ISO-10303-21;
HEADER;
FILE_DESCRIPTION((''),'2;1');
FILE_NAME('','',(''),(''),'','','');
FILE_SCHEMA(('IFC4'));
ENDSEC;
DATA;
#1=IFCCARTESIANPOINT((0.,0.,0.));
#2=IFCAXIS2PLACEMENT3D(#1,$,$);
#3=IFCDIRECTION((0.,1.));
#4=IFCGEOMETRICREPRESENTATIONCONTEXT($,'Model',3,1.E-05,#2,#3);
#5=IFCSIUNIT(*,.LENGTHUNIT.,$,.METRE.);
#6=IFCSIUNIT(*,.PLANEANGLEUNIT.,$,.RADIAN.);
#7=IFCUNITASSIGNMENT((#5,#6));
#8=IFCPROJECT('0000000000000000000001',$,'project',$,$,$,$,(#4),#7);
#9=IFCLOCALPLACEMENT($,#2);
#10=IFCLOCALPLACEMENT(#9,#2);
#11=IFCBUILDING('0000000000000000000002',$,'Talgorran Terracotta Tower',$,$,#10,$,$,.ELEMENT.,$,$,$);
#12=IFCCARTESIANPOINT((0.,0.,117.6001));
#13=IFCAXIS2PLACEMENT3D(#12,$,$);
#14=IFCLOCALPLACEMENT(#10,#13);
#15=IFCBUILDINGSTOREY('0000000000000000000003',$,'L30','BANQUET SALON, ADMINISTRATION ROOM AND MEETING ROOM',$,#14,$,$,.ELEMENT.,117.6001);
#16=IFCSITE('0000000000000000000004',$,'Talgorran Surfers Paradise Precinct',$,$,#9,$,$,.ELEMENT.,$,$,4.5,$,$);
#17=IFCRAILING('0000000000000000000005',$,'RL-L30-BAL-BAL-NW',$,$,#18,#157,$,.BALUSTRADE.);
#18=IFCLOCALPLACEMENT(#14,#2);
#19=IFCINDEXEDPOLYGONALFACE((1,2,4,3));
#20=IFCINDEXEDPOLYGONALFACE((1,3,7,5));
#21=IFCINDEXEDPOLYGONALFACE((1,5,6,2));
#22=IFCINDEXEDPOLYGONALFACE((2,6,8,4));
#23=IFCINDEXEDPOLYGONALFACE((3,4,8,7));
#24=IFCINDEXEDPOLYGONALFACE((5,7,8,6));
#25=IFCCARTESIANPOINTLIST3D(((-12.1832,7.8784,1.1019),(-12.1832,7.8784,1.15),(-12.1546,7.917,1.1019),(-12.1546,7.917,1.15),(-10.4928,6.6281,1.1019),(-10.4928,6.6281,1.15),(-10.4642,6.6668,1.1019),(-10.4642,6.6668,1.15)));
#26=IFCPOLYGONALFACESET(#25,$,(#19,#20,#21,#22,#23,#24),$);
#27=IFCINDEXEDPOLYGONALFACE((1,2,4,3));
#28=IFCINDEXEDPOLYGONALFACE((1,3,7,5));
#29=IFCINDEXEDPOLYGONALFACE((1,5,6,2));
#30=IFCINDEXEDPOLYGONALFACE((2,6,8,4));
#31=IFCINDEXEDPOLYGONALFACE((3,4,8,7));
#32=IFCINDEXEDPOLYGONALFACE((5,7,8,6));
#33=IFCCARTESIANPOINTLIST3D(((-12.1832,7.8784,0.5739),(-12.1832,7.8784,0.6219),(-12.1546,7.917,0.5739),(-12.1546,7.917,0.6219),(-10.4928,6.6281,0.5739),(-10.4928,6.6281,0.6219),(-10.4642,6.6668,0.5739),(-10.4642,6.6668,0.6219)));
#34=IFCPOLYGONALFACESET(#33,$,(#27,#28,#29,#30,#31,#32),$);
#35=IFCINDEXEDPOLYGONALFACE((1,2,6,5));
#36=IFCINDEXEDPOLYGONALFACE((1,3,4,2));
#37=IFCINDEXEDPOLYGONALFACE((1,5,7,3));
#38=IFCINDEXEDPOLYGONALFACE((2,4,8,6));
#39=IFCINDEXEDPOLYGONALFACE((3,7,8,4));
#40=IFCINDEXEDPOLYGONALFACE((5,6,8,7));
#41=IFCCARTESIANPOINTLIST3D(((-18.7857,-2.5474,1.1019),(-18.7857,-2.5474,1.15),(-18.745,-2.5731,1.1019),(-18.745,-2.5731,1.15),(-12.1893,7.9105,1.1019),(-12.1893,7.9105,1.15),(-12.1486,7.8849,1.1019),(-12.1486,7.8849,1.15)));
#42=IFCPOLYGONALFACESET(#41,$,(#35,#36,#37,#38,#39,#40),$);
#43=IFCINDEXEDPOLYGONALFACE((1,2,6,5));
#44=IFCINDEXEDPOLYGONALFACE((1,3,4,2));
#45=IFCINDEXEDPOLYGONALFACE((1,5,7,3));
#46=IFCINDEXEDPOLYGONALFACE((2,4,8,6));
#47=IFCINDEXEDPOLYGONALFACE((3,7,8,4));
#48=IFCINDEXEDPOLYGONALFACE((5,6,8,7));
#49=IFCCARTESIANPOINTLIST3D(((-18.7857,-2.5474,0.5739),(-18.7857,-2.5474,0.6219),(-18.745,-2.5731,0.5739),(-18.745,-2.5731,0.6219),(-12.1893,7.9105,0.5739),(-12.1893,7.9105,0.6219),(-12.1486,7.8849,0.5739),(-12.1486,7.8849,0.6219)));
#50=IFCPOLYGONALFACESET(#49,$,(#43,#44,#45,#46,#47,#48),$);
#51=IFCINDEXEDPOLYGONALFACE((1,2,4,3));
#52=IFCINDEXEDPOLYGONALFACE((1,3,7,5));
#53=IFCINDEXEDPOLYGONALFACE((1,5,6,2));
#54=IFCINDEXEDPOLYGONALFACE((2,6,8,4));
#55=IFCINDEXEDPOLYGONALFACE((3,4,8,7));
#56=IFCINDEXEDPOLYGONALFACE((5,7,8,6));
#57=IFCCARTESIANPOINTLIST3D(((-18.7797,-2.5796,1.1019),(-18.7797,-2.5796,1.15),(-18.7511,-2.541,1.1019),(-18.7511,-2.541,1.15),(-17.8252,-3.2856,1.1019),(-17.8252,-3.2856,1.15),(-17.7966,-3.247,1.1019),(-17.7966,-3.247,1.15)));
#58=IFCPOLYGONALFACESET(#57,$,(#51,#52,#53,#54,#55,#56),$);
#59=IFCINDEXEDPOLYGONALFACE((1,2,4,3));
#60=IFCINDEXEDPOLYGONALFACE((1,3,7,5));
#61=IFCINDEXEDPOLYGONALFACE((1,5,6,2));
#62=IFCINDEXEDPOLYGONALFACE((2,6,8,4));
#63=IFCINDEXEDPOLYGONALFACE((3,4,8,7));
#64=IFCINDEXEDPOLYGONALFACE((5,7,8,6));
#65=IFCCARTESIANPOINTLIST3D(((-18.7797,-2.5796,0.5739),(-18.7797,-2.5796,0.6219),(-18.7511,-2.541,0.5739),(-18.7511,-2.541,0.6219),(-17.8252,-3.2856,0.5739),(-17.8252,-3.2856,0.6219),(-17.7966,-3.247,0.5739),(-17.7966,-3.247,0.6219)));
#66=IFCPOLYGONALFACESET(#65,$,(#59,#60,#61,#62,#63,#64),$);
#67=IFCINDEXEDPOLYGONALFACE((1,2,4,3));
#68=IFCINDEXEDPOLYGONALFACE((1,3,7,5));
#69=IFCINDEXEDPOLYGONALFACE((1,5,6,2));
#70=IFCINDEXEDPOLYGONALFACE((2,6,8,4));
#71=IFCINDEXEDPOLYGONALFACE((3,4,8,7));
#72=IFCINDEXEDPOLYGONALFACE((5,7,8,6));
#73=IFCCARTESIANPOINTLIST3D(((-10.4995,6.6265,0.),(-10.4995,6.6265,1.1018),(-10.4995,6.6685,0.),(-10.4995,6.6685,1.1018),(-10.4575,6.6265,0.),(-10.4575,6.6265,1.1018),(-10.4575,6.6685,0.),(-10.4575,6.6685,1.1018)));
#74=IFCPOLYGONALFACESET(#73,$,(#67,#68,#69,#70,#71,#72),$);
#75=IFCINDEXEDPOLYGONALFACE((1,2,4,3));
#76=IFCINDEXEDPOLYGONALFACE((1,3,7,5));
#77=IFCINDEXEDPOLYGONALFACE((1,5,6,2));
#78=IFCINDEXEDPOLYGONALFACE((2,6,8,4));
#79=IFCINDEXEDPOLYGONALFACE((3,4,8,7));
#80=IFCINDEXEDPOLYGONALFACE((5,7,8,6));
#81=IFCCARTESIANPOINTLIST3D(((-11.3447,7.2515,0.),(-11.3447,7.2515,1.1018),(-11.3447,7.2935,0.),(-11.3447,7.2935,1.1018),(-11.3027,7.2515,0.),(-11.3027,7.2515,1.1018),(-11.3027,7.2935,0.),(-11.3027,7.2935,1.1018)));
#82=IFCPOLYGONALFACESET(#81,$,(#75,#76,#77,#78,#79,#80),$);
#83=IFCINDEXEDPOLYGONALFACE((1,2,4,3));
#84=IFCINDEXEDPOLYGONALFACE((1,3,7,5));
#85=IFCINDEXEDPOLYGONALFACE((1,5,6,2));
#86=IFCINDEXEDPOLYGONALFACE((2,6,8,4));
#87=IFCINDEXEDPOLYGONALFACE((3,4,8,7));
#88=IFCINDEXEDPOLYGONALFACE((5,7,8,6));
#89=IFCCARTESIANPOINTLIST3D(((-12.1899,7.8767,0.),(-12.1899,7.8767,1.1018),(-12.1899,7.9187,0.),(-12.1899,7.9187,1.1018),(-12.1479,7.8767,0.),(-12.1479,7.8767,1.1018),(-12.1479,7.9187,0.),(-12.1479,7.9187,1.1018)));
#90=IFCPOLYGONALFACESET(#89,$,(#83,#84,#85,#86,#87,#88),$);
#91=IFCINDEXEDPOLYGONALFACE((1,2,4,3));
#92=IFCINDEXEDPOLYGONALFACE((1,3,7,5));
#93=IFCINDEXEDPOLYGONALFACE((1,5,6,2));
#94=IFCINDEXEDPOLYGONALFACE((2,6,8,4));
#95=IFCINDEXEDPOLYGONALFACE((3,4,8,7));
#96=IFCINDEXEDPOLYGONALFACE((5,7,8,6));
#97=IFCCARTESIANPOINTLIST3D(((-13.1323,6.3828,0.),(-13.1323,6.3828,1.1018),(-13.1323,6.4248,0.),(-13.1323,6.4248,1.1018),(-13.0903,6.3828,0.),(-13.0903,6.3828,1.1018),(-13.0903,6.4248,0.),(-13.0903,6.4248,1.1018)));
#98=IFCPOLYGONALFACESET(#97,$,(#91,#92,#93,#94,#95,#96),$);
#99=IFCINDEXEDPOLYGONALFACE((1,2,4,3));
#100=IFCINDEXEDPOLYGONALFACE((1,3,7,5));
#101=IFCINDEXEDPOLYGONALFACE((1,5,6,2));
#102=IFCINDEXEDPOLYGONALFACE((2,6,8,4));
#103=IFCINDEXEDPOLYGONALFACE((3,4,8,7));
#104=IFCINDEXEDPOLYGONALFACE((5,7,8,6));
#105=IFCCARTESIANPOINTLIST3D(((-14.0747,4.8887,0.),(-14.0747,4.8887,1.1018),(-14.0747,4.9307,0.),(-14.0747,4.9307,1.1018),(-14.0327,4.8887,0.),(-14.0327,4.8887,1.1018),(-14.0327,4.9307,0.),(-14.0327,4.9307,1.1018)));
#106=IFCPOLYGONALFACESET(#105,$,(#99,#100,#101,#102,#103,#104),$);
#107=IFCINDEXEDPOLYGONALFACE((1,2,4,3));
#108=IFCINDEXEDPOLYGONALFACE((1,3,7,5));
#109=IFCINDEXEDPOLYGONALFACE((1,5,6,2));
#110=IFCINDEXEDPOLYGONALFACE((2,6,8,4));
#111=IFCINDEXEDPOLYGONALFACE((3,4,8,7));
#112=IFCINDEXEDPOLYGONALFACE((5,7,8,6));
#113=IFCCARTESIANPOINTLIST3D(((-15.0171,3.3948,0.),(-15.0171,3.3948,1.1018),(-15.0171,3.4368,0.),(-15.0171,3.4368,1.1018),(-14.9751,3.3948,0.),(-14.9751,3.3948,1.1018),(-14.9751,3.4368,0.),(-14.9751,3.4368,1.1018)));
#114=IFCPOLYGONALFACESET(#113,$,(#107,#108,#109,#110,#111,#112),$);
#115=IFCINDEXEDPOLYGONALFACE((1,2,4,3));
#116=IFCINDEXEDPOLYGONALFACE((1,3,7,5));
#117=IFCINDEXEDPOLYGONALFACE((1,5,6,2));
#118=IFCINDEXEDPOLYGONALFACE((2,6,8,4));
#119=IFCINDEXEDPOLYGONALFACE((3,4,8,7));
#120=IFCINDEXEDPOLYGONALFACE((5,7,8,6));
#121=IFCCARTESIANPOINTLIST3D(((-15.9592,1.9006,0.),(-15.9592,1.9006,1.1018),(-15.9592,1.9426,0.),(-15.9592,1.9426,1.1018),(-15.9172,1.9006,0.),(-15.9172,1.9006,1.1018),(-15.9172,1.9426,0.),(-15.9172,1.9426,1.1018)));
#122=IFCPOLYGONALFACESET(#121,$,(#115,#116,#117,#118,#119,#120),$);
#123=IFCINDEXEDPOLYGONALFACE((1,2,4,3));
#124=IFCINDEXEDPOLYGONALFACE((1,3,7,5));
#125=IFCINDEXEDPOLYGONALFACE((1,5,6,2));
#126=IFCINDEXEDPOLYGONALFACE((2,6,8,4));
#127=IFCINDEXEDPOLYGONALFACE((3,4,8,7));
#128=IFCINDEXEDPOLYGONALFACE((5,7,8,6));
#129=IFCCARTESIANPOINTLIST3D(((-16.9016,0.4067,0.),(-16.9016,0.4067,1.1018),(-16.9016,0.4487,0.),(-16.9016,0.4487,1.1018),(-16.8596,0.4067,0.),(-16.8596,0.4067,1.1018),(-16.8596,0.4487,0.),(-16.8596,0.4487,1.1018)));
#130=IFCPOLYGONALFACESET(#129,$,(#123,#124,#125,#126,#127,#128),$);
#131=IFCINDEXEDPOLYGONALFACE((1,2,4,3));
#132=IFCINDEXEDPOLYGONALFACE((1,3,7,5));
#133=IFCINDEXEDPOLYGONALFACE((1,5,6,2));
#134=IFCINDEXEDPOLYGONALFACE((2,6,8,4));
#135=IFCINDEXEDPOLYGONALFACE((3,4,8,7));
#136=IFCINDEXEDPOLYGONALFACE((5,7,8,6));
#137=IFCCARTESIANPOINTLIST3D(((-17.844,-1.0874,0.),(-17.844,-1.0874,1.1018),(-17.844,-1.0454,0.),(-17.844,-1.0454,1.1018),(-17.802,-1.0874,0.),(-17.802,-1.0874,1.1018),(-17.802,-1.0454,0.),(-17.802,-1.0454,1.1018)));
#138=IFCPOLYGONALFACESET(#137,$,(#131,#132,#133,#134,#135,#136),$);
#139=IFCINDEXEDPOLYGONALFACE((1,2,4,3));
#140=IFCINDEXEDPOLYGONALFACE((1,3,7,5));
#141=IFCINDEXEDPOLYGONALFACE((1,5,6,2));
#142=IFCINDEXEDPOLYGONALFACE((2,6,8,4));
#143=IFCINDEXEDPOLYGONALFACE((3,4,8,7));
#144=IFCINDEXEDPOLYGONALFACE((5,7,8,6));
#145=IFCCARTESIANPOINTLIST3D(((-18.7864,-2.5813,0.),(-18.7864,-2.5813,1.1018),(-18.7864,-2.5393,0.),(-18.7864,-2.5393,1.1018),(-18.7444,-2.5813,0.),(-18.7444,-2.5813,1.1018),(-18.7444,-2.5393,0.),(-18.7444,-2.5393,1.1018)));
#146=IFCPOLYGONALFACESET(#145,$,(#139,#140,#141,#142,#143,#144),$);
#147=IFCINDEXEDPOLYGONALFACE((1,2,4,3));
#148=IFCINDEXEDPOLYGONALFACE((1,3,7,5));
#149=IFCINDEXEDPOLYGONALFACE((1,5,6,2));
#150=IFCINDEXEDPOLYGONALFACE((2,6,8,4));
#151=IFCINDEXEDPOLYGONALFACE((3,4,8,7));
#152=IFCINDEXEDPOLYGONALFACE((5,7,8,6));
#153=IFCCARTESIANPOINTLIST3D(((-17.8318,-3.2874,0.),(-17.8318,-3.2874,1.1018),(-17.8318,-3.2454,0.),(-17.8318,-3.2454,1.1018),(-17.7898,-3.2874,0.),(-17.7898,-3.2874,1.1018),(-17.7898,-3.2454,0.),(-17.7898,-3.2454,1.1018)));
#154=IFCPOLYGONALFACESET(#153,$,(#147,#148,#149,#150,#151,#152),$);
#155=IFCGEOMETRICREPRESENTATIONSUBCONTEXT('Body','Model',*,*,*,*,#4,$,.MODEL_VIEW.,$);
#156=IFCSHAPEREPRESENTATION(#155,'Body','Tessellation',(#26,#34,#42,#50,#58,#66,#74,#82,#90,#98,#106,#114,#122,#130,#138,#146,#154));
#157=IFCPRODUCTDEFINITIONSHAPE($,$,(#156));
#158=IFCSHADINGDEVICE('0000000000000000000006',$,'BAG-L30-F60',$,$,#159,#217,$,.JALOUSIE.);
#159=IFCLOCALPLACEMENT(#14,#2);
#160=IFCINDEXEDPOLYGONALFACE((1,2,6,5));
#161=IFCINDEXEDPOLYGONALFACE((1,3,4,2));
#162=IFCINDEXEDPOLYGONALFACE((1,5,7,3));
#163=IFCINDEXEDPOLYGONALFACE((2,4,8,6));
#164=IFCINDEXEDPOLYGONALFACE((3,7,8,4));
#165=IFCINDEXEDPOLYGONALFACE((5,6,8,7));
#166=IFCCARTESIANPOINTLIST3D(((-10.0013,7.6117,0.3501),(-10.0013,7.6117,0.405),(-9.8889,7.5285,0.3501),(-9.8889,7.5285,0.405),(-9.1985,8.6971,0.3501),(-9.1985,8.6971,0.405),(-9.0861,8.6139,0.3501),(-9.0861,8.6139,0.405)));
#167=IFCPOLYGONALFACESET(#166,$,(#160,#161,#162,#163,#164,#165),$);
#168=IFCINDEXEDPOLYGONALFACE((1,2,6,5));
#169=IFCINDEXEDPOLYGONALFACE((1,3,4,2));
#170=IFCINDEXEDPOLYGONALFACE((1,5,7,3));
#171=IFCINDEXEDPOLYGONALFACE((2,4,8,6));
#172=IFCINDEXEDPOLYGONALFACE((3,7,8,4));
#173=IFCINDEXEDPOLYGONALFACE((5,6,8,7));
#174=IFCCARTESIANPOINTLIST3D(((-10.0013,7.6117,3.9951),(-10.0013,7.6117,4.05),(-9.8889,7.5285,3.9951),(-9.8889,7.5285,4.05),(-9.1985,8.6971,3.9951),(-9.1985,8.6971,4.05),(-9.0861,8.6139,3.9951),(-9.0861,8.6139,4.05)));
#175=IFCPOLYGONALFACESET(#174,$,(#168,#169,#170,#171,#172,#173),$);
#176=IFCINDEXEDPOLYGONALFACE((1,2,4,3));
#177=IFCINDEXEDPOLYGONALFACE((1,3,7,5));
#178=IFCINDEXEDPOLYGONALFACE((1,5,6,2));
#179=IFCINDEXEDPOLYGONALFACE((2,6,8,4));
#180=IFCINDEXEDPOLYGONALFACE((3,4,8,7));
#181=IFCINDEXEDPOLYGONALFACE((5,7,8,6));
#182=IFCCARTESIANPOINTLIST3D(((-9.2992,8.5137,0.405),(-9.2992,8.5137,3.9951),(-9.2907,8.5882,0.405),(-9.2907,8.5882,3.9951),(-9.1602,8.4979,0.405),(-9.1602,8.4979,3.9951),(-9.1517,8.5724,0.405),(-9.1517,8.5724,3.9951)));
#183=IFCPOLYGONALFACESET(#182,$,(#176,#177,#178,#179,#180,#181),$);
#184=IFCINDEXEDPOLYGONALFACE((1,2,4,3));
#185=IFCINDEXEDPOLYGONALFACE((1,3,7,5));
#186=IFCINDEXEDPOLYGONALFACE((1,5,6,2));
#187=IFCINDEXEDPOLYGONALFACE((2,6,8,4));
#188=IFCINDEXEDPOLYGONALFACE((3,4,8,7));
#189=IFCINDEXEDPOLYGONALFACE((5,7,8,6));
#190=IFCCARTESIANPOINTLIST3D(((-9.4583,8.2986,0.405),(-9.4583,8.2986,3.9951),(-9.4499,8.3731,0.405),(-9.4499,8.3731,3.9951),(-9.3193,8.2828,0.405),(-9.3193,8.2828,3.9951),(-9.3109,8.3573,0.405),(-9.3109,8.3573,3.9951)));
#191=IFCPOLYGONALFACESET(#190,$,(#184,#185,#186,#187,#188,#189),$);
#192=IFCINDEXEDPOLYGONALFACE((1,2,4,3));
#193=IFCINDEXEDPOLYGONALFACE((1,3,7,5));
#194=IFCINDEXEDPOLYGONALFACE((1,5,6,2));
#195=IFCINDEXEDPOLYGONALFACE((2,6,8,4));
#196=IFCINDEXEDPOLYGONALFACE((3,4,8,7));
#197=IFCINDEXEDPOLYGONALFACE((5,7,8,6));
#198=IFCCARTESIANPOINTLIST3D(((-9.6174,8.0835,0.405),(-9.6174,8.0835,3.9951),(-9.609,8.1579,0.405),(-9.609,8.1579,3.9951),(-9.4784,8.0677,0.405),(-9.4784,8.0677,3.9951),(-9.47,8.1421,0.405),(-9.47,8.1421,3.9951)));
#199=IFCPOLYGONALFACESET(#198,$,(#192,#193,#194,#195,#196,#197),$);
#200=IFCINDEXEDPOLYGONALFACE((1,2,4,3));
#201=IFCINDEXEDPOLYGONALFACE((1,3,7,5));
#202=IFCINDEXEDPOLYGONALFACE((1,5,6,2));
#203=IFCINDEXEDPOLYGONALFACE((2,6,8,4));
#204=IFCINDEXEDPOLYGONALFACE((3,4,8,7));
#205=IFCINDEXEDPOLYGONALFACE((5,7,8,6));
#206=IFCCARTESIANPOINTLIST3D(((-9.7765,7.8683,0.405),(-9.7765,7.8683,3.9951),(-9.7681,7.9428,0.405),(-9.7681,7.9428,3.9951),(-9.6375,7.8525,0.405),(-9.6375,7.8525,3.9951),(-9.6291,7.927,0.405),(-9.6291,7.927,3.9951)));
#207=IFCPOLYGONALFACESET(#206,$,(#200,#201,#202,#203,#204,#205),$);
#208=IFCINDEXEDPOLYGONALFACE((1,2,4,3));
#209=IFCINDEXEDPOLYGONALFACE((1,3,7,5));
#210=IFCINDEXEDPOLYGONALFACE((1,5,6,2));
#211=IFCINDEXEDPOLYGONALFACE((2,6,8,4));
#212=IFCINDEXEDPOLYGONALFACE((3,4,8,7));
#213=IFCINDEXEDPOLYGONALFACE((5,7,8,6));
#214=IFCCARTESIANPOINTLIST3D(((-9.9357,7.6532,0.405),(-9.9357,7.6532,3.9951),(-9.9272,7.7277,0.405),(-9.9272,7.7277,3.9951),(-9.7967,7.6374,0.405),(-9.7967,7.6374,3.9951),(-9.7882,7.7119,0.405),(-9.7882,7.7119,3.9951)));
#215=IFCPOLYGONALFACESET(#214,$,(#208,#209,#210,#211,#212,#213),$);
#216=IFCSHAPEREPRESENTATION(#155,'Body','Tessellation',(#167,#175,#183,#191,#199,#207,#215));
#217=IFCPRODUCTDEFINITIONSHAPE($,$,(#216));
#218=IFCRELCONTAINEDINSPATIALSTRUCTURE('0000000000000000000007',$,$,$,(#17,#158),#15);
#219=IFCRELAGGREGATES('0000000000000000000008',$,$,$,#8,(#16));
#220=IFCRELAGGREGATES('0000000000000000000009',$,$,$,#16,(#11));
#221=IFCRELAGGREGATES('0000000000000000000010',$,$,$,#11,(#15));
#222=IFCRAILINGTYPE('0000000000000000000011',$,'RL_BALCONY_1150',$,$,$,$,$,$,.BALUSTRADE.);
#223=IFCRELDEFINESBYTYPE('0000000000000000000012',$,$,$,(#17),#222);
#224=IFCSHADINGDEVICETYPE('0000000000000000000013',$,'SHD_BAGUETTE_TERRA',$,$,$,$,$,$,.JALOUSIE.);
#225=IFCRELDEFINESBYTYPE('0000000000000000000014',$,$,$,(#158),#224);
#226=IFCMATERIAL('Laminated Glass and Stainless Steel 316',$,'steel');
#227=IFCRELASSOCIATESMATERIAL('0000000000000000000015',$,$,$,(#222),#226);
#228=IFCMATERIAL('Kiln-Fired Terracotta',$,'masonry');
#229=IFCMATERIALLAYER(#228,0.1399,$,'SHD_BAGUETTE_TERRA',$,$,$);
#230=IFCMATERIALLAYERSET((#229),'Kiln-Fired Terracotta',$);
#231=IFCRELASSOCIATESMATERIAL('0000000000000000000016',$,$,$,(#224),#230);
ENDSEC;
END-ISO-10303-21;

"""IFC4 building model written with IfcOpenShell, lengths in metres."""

from ifc_helpers import new_model, si_unit, direction, frame, origin, origin_2d, place, context, subcontext, project, spatial, rectangle, extrude, source, transform, mapped, material, layer, layer_set, type_object, type_shapes, element, save


model = new_model("IFC4")

# Units and contexts
model_context = context("Model", 3, precision=1e-05, world=origin(), true_north=direction((0.0, 1.0)))
body_context = subcontext(model_context, "Body", "Model", "MODEL_VIEW")
ifc_project = project(units=[si_unit("LENGTHUNIT", "METRE"), si_unit("PLANEANGLEUNIT", "RADIAN")], contexts=[model_context])

# Site, building, storey
site_placement = place(None, origin())
site = spatial("IfcSite", under=ifc_project, at=site_placement, Name="Talgorran Surfers Paradise Precinct", CompositionType="ELEMENT", RefElevation=4.5)
building_placement = place(site_placement, origin())
building = spatial("IfcBuilding", under=site, at=building_placement, Name="Talgorran Terracotta Tower", CompositionType="ELEMENT")
storey_placement = place(building_placement, frame((0.0, 0.0, 117.6001)))
storey = spatial("IfcBuildingStorey", under=building, at=storey_placement, Name="L30", Description="BANQUET SALON, ADMINISTRATION ROOM AND MEETING ROOM", CompositionType="ELEMENT", Elevation=117.6001)

# Railing
ifc_material_1 = material(Name="Laminated Glass and Stainless Steel 316", Category="steel")
railing_type = type_object("IfcRailingType", Name="RL_BALCONY_1150", PredefinedType="BALUSTRADE", material=ifc_material_1)
railing_placement = place(storey_placement, frame((-10.4785, 6.6475, 0.0)))
element("IfcRailing", 1, at=railing_placement, inside=storey, type_object=railing_type, Name="RL-L30-BAL-BAL-NW", PredefinedType="BALUSTRADE", context=body_context, shape_type="SweptSolid", body=[
    extrude(rectangle(XDim=0.0481, YDim=0.0481, at=origin_2d()), frame((0.0, 0.0, 1.126), z_axis=(-0.803995, 0.594636, 0.0), x_axis=(-0.594636, -0.803995, 0.0)), (0.0, 0.0, 1.0), 2.1025),
    extrude(rectangle(XDim=0.0481, YDim=0.0481, at=origin_2d()), frame((0.0, 0.0, 0.5979), z_axis=(-0.803995, 0.594636, 0.0), x_axis=(-0.594636, -0.803995, 0.0)), (0.0, 0.0, 1.0), 2.1025),
    extrude(rectangle(XDim=0.0481, YDim=0.0481, at=origin_2d()), frame((-1.6904, 1.2502, 1.126), z_axis=(-0.533494, -0.845804, 0.0), x_axis=(0.845804, -0.533494, 0.0)), (0.0, 0.0, 1.0), 12.3645),
    extrude(rectangle(XDim=0.0481, YDim=0.0481, at=origin_2d()), frame((-1.6904, 1.2502, 0.5979), z_axis=(-0.533494, -0.845804, 0.0), x_axis=(0.845804, -0.533494, 0.0)), (0.0, 0.0, 1.0), 12.3645),
    extrude(rectangle(XDim=0.0481, YDim=0.0481, at=origin_2d()), frame((-8.2869, -9.2078, 1.126), z_axis=(0.80398, -0.594657, 0.0), x_axis=(0.594657, 0.80398, 0.0)), (0.0, 0.0, 1.0), 1.1873),
    extrude(rectangle(XDim=0.0481, YDim=0.0481, at=origin_2d()), frame((-8.2869, -9.2078, 0.5979), z_axis=(0.80398, -0.594657, 0.0), x_axis=(0.594657, 0.80398, 0.0)), (0.0, 0.0, 1.0), 1.1873),
    extrude(rectangle(XDim=0.042, YDim=0.042, at=origin_2d()), origin(), (0.0, 0.0, 1.0), 1.1018),
    extrude(rectangle(XDim=0.042, YDim=0.042, at=origin_2d()), frame((-0.8452, 0.625, 0.0)), (0.0, 0.0, 1.0), 1.1018),
    extrude(rectangle(XDim=0.042, YDim=0.042, at=origin_2d()), frame((-1.6904, 1.2502, 0.0)), (0.0, 0.0, 1.0), 1.1018),
    extrude(rectangle(XDim=0.042, YDim=0.042, at=origin_2d()), frame((-2.6328, -0.2437, 0.0)), (0.0, 0.0, 1.0), 1.1018),
    extrude(rectangle(XDim=0.042, YDim=0.042, at=origin_2d()), frame((-3.5752, -1.7378, 0.0)), (0.0, 0.0, 1.0), 1.1018),
    extrude(rectangle(XDim=0.042, YDim=0.042, at=origin_2d()), frame((-4.5176, -3.2317, 0.0)), (0.0, 0.0, 1.0), 1.1018),
    extrude(rectangle(XDim=0.042, YDim=0.042, at=origin_2d()), frame((-5.4597, -4.7258, 0.0)), (0.0, 0.0, 1.0), 1.1018),
    extrude(rectangle(XDim=0.042, YDim=0.042, at=origin_2d()), frame((-6.4021, -6.2197, 0.0)), (0.0, 0.0, 1.0), 1.1018),
    extrude(rectangle(XDim=0.042, YDim=0.042, at=origin_2d()), frame((-7.3445, -7.7139, 0.0)), (0.0, 0.0, 1.0), 1.1018),
    extrude(rectangle(XDim=0.042, YDim=0.042, at=origin_2d()), frame((-8.2869, -9.2078, 0.0)), (0.0, 0.0, 1.0), 1.1018),
    extrude(rectangle(XDim=0.042, YDim=0.042, at=origin_2d()), frame((-7.3323, -9.9138, 0.0)), (0.0, 0.0, 1.0), 1.1018),
])

# Shading device
ifc_material_2 = material(Name="Kiln-Fired Terracotta", Category="masonry")
ifc_layer_1 = layer(ifc_material_2, 0.1399, Name="SHD_BAGUETTE_TERRA")
ifc_layer_set_1 = layer_set([ifc_layer_1], Name="Kiln-Fired Terracotta")
shading_device_type = type_object("IfcShadingDeviceType", Name="SHD_BAGUETTE_TERRA", PredefinedType="JALOUSIE", material=ifc_layer_set_1)
shared_shape_1 = source(origin(), body_context, "Body", "SweptSolid", [
    extrude(rectangle(XDim=1.3501, YDim=0.1399, at=origin_2d()), origin(), (0.0, 0.0, 1.0), 0.0549),
    extrude(rectangle(XDim=1.3501, YDim=0.1399, at=origin_2d()), frame((0.0, 0.0, 3.645)), (0.0, 0.0, 1.0), 0.0549),
    extrude(rectangle(XDim=0.075, YDim=0.1399, at=origin_2d()), frame((-0.5352, 0.0, 0.0549), z_axis=(0.0, 0.0, 1.0), x_axis=(0.866025, 0.5, 0.0)), (0.0, 0.0, 1.0), 3.5901),
    extrude(rectangle(XDim=0.075, YDim=0.1399, at=origin_2d()), frame((-0.2676, 0.0, 0.0549), z_axis=(0.0, 0.0, 1.0), x_axis=(0.866025, 0.5, 0.0)), (0.0, 0.0, 1.0), 3.5901),
    extrude(rectangle(XDim=0.075, YDim=0.1399, at=origin_2d()), frame((0.0, 0.0, 0.0549), z_axis=(0.0, 0.0, 1.0), x_axis=(0.866025, 0.5, 0.0)), (0.0, 0.0, 1.0), 3.5901),
    extrude(rectangle(XDim=0.075, YDim=0.1399, at=origin_2d()), frame((0.2676, 0.0, 0.0549), z_axis=(0.0, 0.0, 1.0), x_axis=(0.866025, 0.5, 0.0)), (0.0, 0.0, 1.0), 3.5901),
    extrude(rectangle(XDim=0.075, YDim=0.1399, at=origin_2d()), frame((0.5352, 0.0, 0.0549), z_axis=(0.0, 0.0, 1.0), x_axis=(0.866025, 0.5, 0.0)), (0.0, 0.0, 1.0), 3.5901),
])
type_shapes(shading_device_type, [shared_shape_1])
shading_device_placement = place(storey_placement, frame((-9.5437, 8.1128, 0.3501), z_axis=(0.0, 0.0, 1.0), x_axis=(-0.59464, -0.803992, 0.0)))
element("IfcShadingDevice", 2, at=shading_device_placement, inside=storey, type_object=shading_device_type, Name="BAG-L30-F60", PredefinedType="JALOUSIE", context=body_context, shape_type="MappedRepresentation", body=[
    mapped(shared_shape_1, transform((0.0, 0.0, 0.0), scale=1.0)),
])

save(model, "model.ifc")
